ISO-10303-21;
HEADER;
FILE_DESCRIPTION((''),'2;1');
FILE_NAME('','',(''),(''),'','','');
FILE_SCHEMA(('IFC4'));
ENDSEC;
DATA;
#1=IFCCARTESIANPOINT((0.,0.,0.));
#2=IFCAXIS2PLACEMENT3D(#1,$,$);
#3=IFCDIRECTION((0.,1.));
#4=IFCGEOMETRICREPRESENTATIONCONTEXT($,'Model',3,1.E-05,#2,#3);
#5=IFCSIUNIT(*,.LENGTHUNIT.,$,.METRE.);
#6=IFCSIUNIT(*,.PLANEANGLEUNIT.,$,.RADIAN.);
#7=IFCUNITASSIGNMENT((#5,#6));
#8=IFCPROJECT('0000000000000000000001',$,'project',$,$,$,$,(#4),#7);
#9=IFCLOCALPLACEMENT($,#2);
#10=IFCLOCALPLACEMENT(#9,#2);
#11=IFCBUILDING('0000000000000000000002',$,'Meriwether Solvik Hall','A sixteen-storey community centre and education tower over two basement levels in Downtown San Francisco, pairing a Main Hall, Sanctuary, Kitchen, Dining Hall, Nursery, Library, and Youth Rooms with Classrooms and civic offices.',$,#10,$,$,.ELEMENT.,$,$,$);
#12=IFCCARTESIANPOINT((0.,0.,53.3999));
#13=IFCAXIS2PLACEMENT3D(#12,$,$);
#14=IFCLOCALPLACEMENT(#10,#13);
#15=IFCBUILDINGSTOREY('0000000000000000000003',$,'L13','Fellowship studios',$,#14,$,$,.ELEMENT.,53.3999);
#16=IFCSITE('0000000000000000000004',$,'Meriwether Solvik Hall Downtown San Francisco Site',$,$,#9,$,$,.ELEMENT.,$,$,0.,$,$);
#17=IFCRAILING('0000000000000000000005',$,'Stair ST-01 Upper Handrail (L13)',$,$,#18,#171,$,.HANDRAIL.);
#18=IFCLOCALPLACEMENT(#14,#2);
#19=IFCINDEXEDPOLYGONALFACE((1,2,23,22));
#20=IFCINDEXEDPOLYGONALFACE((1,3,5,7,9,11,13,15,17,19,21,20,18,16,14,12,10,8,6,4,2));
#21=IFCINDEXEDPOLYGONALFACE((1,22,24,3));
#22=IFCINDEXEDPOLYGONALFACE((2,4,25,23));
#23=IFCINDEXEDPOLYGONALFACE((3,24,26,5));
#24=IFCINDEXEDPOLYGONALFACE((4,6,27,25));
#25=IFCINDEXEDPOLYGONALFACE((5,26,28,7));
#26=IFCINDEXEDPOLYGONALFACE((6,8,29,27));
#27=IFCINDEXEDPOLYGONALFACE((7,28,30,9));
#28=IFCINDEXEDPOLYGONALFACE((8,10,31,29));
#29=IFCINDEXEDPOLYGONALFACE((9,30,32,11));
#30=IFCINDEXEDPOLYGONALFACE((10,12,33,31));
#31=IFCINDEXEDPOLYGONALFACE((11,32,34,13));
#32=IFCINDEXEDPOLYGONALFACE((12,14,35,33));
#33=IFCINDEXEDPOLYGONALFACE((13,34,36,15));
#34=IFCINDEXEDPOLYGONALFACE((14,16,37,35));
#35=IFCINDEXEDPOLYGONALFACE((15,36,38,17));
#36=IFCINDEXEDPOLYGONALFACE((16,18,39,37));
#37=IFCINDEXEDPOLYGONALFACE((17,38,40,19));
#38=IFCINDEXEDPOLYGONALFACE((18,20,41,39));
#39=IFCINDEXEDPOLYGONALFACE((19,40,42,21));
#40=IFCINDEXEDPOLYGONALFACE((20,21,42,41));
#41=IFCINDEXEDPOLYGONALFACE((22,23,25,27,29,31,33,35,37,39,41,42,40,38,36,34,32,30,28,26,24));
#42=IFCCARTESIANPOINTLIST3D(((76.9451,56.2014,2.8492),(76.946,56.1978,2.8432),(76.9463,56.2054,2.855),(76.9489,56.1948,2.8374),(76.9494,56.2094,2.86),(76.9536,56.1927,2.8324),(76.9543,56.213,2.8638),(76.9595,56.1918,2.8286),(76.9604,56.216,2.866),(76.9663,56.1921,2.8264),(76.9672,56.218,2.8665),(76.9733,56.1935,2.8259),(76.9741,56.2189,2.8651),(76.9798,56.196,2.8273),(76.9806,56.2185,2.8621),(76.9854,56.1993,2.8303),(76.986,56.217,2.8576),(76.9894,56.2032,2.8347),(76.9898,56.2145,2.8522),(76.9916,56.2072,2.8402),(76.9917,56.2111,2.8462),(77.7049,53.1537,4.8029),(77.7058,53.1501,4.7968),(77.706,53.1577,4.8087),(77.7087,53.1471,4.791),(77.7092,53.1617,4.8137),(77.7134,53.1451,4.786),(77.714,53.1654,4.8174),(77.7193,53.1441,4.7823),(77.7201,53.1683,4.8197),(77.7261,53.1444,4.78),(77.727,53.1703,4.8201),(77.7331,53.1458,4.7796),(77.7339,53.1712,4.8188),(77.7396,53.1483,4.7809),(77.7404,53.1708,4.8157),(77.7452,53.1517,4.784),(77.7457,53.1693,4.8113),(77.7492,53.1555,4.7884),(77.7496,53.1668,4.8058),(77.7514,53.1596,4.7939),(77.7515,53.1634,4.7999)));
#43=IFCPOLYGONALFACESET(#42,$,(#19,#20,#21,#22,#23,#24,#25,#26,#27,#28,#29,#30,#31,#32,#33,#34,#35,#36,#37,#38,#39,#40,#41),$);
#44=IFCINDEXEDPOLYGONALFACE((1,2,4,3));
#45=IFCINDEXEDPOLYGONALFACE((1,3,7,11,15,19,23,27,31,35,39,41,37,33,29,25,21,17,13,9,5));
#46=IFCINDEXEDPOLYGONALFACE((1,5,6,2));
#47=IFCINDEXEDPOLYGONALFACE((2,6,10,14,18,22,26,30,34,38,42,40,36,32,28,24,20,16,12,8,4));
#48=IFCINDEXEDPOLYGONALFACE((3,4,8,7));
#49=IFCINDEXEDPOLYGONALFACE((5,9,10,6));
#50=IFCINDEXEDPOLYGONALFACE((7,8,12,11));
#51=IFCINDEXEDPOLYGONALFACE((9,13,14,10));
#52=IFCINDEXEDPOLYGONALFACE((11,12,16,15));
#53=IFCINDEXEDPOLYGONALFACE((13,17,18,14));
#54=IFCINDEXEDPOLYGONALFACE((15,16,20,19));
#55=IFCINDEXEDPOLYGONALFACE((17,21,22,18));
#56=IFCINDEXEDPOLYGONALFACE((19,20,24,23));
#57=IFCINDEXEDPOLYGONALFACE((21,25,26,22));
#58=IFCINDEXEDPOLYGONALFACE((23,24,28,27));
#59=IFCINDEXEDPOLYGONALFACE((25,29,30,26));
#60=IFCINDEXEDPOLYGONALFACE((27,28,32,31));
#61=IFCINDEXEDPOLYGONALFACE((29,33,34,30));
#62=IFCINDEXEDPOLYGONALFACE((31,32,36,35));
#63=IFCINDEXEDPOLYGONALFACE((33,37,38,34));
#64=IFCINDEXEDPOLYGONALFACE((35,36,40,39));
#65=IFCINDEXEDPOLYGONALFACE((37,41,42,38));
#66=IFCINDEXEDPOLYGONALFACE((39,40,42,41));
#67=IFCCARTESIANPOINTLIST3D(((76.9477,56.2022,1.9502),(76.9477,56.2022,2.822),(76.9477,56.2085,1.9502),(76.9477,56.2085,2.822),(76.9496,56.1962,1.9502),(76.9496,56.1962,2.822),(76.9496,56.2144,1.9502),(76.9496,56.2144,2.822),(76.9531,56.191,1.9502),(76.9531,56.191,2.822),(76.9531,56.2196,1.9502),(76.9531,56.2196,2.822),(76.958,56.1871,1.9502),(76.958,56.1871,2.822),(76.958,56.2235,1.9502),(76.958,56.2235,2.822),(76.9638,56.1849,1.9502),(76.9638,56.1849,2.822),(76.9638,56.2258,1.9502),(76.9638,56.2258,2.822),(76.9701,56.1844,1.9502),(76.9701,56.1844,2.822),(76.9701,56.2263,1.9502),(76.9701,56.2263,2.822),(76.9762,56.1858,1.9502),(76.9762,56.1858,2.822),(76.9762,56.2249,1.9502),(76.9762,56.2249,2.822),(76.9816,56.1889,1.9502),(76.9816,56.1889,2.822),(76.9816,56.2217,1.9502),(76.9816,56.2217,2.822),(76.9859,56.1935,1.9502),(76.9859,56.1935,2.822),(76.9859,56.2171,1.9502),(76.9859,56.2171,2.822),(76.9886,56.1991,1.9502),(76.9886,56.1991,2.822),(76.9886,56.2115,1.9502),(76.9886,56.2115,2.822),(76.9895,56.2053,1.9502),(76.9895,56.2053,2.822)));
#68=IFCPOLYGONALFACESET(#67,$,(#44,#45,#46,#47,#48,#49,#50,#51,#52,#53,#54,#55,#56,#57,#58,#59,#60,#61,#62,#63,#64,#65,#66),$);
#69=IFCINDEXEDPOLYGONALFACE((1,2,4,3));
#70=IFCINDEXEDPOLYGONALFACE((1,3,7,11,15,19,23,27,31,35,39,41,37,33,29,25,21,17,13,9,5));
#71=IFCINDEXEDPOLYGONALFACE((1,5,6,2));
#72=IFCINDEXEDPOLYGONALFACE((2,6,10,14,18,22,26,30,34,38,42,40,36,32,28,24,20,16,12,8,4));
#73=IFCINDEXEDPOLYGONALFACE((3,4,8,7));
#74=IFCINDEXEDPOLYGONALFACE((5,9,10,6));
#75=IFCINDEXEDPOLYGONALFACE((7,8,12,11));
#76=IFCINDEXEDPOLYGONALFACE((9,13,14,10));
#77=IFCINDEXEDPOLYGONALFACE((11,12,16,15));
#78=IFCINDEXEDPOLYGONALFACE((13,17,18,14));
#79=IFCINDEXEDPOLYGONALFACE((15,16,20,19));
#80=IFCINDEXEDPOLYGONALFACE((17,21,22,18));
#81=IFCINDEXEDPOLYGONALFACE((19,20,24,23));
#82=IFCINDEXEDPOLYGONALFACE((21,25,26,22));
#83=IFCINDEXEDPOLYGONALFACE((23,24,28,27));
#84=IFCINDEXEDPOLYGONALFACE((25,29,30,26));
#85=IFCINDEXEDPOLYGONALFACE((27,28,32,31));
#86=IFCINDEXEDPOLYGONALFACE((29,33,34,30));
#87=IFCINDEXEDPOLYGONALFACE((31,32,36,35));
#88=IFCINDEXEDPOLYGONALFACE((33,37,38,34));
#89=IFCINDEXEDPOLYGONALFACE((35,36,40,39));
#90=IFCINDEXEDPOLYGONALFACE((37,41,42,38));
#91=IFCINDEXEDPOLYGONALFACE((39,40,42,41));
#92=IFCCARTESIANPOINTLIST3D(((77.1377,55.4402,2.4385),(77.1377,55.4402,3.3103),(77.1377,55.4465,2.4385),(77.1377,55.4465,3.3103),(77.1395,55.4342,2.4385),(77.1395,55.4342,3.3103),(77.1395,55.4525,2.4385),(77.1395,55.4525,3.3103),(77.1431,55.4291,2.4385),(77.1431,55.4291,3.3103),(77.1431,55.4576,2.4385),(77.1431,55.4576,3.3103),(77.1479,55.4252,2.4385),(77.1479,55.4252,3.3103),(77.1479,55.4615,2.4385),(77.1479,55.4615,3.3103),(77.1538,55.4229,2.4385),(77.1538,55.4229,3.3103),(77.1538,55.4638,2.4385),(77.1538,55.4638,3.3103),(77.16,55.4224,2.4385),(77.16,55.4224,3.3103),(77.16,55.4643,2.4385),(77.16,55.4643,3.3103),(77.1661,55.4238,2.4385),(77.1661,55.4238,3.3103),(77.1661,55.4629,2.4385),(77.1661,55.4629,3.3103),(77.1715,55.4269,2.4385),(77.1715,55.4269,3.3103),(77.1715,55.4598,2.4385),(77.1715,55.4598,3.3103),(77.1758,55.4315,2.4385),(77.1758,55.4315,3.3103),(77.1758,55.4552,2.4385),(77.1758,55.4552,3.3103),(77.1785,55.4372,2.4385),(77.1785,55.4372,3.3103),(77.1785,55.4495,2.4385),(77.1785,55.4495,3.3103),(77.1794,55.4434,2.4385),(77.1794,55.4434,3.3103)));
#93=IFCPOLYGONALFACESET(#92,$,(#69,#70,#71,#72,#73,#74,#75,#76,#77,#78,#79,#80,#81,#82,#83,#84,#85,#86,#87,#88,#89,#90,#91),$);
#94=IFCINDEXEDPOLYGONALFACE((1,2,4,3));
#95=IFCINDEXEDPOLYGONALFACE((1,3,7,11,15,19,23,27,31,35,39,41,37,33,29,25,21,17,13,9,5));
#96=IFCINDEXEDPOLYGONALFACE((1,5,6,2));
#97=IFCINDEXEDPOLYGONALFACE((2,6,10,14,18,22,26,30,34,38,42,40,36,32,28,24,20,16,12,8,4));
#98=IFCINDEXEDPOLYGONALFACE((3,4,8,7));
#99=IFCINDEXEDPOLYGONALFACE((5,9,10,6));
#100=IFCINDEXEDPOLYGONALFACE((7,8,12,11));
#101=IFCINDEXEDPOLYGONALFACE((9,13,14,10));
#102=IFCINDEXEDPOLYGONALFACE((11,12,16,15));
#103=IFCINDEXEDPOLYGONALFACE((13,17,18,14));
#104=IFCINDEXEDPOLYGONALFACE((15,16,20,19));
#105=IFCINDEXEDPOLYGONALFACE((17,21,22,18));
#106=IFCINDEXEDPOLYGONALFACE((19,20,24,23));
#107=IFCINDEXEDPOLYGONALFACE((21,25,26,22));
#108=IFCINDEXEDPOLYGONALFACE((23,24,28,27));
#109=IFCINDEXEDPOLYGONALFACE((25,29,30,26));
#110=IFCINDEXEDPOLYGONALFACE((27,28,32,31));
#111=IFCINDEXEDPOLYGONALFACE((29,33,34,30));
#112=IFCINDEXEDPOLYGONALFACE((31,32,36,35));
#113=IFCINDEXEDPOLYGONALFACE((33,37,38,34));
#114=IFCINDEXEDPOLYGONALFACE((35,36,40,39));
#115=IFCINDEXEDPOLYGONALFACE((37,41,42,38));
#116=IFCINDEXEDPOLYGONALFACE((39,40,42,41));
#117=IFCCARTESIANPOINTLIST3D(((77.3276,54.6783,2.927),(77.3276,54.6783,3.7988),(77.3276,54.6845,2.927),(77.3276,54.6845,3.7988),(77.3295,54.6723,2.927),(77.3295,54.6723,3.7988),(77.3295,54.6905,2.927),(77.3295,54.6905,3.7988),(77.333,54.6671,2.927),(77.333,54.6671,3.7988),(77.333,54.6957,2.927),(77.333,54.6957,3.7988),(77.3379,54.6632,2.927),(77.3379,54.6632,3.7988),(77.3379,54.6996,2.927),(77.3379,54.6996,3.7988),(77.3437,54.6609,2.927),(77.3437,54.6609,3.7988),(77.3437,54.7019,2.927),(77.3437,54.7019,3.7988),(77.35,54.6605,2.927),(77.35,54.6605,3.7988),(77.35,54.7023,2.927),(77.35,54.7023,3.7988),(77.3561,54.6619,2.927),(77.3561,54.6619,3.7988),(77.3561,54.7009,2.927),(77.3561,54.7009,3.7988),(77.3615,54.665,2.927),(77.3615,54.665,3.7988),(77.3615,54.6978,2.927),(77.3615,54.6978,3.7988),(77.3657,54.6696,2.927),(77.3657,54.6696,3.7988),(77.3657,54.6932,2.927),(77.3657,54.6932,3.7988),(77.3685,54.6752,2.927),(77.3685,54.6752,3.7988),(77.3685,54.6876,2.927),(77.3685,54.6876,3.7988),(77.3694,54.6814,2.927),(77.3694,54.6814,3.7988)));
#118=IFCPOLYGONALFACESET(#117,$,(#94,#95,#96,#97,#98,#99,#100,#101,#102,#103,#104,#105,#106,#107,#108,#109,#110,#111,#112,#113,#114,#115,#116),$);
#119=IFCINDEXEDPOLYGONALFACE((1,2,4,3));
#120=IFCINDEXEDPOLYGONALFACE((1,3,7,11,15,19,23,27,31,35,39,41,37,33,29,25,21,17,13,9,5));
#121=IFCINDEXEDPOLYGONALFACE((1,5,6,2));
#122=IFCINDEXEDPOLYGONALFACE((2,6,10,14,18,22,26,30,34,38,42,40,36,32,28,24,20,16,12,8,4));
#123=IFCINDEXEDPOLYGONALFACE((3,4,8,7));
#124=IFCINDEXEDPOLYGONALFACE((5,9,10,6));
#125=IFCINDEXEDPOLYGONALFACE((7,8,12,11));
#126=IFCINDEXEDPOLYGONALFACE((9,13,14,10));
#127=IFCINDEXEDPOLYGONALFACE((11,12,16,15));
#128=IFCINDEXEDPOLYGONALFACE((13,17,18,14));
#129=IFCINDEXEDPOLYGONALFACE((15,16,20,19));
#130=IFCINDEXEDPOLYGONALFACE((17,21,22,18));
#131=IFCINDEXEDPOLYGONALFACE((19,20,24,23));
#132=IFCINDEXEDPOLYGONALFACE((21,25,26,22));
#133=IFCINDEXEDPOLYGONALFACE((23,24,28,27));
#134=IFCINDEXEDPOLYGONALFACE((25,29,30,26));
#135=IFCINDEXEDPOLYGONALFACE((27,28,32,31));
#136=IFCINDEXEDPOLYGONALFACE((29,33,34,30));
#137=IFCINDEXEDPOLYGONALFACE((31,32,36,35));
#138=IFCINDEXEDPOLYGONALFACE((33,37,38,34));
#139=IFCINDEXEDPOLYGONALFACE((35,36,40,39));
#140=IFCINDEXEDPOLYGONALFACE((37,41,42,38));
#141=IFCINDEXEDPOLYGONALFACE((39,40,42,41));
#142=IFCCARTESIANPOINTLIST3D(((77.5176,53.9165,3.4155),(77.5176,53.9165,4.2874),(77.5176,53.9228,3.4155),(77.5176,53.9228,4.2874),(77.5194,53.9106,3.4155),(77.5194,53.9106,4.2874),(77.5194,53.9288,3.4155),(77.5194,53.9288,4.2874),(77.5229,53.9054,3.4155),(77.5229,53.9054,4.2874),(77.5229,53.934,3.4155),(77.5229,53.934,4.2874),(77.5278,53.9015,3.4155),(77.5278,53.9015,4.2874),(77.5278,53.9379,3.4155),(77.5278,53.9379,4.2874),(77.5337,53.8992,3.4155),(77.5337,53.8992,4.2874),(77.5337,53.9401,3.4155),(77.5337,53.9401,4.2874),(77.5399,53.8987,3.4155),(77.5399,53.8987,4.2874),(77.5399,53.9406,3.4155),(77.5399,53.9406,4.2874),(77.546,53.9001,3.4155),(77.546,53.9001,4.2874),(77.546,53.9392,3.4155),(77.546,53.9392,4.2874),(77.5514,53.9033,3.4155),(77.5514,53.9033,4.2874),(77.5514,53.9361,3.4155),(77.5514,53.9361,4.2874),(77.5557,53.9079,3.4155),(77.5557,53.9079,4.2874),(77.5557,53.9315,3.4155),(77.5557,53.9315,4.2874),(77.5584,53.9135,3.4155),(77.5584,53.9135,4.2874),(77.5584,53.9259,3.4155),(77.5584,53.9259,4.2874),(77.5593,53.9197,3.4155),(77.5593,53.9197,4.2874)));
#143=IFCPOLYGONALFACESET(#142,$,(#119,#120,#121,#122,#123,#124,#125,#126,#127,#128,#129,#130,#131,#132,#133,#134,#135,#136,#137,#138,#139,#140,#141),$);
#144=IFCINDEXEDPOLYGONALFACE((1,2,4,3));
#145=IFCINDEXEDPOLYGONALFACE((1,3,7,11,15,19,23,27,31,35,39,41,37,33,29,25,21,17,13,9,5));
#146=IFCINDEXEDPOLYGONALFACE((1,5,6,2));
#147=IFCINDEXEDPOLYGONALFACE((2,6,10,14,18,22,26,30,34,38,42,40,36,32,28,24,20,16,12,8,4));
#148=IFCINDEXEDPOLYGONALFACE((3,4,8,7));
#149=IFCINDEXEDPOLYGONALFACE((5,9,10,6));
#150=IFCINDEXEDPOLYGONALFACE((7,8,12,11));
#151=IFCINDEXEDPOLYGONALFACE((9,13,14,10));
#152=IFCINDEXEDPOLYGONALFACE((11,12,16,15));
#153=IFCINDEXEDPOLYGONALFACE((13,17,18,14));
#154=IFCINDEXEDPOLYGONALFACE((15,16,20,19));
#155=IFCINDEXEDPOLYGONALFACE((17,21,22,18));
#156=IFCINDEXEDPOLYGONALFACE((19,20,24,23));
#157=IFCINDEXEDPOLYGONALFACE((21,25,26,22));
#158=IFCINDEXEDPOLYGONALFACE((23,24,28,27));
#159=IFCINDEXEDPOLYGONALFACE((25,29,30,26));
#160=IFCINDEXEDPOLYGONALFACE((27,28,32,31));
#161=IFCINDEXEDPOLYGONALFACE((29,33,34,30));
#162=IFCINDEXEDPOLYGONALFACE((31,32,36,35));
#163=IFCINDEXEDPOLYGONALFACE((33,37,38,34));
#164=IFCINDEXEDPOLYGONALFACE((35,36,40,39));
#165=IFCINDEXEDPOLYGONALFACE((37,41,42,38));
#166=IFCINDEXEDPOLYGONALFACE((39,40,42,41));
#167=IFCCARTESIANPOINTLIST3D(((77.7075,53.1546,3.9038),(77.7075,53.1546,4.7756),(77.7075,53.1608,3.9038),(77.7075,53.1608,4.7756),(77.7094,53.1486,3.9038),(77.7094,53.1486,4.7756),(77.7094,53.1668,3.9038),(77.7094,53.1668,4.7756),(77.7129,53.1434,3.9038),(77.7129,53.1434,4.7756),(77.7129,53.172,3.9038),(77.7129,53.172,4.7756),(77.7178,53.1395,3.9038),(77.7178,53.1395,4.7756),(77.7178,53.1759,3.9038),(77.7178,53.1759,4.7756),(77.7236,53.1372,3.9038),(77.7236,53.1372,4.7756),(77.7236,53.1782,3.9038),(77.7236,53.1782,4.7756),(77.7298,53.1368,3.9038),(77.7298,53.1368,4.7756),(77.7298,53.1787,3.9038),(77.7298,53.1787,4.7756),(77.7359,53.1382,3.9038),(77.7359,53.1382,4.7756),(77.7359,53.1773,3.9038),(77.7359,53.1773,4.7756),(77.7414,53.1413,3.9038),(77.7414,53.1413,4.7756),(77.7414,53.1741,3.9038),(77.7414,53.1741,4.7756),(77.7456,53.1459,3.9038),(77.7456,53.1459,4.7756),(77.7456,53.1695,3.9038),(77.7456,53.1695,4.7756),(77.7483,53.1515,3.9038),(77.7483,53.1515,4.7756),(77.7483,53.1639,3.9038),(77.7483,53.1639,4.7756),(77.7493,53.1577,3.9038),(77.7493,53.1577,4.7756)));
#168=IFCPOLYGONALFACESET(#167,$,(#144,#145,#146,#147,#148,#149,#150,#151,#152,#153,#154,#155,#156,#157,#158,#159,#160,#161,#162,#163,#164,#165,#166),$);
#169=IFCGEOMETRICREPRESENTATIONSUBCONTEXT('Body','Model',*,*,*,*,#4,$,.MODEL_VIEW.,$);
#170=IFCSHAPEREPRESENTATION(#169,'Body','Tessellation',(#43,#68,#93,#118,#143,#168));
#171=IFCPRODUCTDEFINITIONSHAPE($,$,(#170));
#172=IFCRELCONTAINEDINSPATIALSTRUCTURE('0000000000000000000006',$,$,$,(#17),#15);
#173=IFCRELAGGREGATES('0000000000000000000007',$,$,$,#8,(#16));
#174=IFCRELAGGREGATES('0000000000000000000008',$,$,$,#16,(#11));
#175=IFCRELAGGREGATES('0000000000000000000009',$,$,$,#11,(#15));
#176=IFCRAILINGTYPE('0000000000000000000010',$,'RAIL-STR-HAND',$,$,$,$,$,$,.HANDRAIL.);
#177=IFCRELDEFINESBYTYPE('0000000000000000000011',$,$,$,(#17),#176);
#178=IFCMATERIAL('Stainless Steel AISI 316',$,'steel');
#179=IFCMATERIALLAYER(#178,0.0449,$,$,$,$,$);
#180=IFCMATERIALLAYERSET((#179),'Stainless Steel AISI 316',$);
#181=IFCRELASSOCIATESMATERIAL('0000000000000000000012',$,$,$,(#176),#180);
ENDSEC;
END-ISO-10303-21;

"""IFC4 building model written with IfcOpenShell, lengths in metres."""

from ifc_helpers import new_model, si_unit, direction, frame, origin, origin_2d, place, context, subcontext, project, spatial, circle, extrude, material, layer, layer_set, type_object, element, save


model = new_model("IFC4")

# Units and contexts
model_context = context("Model", 3, precision=1e-05, world=origin(), true_north=direction((0.0, 1.0)))
body_context = subcontext(model_context, "Body", "Model", "MODEL_VIEW")
ifc_project = project(units=[si_unit("LENGTHUNIT", "METRE"), si_unit("PLANEANGLEUNIT", "RADIAN")], contexts=[model_context])

# Site, building, storey
site_placement = place(None, origin())
site = spatial("IfcSite", under=ifc_project, at=site_placement, Name="Meriwether Solvik Hall Downtown San Francisco Site", CompositionType="ELEMENT", RefElevation=0.0)
building_placement = place(site_placement, origin())
building = spatial("IfcBuilding", under=site, at=building_placement, Name="Meriwether Solvik Hall", Description="A sixteen-storey community centre and education tower over two basement levels in Downtown San Francisco, pairing a Main Hall, Sanctuary, Kitchen, Dining Hall, Nursery, Library, and Youth Rooms with Classrooms and civic offices.", CompositionType="ELEMENT")
storey_placement = place(building_placement, frame((0.0, 0.0, 53.3999)))
storey = spatial("IfcBuildingStorey", under=building, at=storey_placement, Name="L13", Description="Fellowship studios", CompositionType="ELEMENT", Elevation=53.3999)

# Railing
ifc_material_1 = material(Name="Stainless Steel AISI 316", Category="steel")
ifc_layer_1 = layer(ifc_material_1, 0.0449)
ifc_layer_set_1 = layer_set([ifc_layer_1], Name="Stainless Steel AISI 316")
railing_type_1 = type_object("IfcRailingType", Name="RAIL-STR-HAND", PredefinedType="HANDRAIL", material=ifc_layer_set_1)
railing_1_placement = place(storey_placement, frame((76.9685, 56.2053, 1.9502)))
element("IfcRailing", 1, at=railing_1_placement, inside=storey, type_object=railing_type_1, Name="Stair ST-01 Upper Handrail (L13)", PredefinedType="HANDRAIL", context=body_context, shape_type="SweptSolid", body=[
    extrude(circle(Radius=0.0239, at=origin_2d()), frame((0.0, 0.0, 0.896), z_axis=(0.205404, -0.823926, 0.528163), x_axis=(0.970302, 0.241895, 0.0)), (0.0, 0.0, 1.0), 3.699),
    extrude(circle(Radius=0.021, at=origin_2d()), origin(), (0.0, 0.0, 1.0), 0.8718),
    extrude(circle(Radius=0.021, at=origin_2d()), frame((0.1899, -0.762, 0.4883)), (0.0, 0.0, 1.0), 0.8718),
    extrude(circle(Radius=0.021, at=origin_2d()), frame((0.3799, -1.5239, 0.9768)), (0.0, 0.0, 1.0), 0.8718),
    extrude(circle(Radius=0.021, at=origin_2d()), frame((0.5698, -2.2856, 1.4653)), (0.0, 0.0, 1.0), 0.8718),
    extrude(circle(Radius=0.021, at=origin_2d()), frame((0.7598, -3.0476, 1.9536)), (0.0, 0.0, 1.0), 0.8718),
])

save(model, "model.ifc")
